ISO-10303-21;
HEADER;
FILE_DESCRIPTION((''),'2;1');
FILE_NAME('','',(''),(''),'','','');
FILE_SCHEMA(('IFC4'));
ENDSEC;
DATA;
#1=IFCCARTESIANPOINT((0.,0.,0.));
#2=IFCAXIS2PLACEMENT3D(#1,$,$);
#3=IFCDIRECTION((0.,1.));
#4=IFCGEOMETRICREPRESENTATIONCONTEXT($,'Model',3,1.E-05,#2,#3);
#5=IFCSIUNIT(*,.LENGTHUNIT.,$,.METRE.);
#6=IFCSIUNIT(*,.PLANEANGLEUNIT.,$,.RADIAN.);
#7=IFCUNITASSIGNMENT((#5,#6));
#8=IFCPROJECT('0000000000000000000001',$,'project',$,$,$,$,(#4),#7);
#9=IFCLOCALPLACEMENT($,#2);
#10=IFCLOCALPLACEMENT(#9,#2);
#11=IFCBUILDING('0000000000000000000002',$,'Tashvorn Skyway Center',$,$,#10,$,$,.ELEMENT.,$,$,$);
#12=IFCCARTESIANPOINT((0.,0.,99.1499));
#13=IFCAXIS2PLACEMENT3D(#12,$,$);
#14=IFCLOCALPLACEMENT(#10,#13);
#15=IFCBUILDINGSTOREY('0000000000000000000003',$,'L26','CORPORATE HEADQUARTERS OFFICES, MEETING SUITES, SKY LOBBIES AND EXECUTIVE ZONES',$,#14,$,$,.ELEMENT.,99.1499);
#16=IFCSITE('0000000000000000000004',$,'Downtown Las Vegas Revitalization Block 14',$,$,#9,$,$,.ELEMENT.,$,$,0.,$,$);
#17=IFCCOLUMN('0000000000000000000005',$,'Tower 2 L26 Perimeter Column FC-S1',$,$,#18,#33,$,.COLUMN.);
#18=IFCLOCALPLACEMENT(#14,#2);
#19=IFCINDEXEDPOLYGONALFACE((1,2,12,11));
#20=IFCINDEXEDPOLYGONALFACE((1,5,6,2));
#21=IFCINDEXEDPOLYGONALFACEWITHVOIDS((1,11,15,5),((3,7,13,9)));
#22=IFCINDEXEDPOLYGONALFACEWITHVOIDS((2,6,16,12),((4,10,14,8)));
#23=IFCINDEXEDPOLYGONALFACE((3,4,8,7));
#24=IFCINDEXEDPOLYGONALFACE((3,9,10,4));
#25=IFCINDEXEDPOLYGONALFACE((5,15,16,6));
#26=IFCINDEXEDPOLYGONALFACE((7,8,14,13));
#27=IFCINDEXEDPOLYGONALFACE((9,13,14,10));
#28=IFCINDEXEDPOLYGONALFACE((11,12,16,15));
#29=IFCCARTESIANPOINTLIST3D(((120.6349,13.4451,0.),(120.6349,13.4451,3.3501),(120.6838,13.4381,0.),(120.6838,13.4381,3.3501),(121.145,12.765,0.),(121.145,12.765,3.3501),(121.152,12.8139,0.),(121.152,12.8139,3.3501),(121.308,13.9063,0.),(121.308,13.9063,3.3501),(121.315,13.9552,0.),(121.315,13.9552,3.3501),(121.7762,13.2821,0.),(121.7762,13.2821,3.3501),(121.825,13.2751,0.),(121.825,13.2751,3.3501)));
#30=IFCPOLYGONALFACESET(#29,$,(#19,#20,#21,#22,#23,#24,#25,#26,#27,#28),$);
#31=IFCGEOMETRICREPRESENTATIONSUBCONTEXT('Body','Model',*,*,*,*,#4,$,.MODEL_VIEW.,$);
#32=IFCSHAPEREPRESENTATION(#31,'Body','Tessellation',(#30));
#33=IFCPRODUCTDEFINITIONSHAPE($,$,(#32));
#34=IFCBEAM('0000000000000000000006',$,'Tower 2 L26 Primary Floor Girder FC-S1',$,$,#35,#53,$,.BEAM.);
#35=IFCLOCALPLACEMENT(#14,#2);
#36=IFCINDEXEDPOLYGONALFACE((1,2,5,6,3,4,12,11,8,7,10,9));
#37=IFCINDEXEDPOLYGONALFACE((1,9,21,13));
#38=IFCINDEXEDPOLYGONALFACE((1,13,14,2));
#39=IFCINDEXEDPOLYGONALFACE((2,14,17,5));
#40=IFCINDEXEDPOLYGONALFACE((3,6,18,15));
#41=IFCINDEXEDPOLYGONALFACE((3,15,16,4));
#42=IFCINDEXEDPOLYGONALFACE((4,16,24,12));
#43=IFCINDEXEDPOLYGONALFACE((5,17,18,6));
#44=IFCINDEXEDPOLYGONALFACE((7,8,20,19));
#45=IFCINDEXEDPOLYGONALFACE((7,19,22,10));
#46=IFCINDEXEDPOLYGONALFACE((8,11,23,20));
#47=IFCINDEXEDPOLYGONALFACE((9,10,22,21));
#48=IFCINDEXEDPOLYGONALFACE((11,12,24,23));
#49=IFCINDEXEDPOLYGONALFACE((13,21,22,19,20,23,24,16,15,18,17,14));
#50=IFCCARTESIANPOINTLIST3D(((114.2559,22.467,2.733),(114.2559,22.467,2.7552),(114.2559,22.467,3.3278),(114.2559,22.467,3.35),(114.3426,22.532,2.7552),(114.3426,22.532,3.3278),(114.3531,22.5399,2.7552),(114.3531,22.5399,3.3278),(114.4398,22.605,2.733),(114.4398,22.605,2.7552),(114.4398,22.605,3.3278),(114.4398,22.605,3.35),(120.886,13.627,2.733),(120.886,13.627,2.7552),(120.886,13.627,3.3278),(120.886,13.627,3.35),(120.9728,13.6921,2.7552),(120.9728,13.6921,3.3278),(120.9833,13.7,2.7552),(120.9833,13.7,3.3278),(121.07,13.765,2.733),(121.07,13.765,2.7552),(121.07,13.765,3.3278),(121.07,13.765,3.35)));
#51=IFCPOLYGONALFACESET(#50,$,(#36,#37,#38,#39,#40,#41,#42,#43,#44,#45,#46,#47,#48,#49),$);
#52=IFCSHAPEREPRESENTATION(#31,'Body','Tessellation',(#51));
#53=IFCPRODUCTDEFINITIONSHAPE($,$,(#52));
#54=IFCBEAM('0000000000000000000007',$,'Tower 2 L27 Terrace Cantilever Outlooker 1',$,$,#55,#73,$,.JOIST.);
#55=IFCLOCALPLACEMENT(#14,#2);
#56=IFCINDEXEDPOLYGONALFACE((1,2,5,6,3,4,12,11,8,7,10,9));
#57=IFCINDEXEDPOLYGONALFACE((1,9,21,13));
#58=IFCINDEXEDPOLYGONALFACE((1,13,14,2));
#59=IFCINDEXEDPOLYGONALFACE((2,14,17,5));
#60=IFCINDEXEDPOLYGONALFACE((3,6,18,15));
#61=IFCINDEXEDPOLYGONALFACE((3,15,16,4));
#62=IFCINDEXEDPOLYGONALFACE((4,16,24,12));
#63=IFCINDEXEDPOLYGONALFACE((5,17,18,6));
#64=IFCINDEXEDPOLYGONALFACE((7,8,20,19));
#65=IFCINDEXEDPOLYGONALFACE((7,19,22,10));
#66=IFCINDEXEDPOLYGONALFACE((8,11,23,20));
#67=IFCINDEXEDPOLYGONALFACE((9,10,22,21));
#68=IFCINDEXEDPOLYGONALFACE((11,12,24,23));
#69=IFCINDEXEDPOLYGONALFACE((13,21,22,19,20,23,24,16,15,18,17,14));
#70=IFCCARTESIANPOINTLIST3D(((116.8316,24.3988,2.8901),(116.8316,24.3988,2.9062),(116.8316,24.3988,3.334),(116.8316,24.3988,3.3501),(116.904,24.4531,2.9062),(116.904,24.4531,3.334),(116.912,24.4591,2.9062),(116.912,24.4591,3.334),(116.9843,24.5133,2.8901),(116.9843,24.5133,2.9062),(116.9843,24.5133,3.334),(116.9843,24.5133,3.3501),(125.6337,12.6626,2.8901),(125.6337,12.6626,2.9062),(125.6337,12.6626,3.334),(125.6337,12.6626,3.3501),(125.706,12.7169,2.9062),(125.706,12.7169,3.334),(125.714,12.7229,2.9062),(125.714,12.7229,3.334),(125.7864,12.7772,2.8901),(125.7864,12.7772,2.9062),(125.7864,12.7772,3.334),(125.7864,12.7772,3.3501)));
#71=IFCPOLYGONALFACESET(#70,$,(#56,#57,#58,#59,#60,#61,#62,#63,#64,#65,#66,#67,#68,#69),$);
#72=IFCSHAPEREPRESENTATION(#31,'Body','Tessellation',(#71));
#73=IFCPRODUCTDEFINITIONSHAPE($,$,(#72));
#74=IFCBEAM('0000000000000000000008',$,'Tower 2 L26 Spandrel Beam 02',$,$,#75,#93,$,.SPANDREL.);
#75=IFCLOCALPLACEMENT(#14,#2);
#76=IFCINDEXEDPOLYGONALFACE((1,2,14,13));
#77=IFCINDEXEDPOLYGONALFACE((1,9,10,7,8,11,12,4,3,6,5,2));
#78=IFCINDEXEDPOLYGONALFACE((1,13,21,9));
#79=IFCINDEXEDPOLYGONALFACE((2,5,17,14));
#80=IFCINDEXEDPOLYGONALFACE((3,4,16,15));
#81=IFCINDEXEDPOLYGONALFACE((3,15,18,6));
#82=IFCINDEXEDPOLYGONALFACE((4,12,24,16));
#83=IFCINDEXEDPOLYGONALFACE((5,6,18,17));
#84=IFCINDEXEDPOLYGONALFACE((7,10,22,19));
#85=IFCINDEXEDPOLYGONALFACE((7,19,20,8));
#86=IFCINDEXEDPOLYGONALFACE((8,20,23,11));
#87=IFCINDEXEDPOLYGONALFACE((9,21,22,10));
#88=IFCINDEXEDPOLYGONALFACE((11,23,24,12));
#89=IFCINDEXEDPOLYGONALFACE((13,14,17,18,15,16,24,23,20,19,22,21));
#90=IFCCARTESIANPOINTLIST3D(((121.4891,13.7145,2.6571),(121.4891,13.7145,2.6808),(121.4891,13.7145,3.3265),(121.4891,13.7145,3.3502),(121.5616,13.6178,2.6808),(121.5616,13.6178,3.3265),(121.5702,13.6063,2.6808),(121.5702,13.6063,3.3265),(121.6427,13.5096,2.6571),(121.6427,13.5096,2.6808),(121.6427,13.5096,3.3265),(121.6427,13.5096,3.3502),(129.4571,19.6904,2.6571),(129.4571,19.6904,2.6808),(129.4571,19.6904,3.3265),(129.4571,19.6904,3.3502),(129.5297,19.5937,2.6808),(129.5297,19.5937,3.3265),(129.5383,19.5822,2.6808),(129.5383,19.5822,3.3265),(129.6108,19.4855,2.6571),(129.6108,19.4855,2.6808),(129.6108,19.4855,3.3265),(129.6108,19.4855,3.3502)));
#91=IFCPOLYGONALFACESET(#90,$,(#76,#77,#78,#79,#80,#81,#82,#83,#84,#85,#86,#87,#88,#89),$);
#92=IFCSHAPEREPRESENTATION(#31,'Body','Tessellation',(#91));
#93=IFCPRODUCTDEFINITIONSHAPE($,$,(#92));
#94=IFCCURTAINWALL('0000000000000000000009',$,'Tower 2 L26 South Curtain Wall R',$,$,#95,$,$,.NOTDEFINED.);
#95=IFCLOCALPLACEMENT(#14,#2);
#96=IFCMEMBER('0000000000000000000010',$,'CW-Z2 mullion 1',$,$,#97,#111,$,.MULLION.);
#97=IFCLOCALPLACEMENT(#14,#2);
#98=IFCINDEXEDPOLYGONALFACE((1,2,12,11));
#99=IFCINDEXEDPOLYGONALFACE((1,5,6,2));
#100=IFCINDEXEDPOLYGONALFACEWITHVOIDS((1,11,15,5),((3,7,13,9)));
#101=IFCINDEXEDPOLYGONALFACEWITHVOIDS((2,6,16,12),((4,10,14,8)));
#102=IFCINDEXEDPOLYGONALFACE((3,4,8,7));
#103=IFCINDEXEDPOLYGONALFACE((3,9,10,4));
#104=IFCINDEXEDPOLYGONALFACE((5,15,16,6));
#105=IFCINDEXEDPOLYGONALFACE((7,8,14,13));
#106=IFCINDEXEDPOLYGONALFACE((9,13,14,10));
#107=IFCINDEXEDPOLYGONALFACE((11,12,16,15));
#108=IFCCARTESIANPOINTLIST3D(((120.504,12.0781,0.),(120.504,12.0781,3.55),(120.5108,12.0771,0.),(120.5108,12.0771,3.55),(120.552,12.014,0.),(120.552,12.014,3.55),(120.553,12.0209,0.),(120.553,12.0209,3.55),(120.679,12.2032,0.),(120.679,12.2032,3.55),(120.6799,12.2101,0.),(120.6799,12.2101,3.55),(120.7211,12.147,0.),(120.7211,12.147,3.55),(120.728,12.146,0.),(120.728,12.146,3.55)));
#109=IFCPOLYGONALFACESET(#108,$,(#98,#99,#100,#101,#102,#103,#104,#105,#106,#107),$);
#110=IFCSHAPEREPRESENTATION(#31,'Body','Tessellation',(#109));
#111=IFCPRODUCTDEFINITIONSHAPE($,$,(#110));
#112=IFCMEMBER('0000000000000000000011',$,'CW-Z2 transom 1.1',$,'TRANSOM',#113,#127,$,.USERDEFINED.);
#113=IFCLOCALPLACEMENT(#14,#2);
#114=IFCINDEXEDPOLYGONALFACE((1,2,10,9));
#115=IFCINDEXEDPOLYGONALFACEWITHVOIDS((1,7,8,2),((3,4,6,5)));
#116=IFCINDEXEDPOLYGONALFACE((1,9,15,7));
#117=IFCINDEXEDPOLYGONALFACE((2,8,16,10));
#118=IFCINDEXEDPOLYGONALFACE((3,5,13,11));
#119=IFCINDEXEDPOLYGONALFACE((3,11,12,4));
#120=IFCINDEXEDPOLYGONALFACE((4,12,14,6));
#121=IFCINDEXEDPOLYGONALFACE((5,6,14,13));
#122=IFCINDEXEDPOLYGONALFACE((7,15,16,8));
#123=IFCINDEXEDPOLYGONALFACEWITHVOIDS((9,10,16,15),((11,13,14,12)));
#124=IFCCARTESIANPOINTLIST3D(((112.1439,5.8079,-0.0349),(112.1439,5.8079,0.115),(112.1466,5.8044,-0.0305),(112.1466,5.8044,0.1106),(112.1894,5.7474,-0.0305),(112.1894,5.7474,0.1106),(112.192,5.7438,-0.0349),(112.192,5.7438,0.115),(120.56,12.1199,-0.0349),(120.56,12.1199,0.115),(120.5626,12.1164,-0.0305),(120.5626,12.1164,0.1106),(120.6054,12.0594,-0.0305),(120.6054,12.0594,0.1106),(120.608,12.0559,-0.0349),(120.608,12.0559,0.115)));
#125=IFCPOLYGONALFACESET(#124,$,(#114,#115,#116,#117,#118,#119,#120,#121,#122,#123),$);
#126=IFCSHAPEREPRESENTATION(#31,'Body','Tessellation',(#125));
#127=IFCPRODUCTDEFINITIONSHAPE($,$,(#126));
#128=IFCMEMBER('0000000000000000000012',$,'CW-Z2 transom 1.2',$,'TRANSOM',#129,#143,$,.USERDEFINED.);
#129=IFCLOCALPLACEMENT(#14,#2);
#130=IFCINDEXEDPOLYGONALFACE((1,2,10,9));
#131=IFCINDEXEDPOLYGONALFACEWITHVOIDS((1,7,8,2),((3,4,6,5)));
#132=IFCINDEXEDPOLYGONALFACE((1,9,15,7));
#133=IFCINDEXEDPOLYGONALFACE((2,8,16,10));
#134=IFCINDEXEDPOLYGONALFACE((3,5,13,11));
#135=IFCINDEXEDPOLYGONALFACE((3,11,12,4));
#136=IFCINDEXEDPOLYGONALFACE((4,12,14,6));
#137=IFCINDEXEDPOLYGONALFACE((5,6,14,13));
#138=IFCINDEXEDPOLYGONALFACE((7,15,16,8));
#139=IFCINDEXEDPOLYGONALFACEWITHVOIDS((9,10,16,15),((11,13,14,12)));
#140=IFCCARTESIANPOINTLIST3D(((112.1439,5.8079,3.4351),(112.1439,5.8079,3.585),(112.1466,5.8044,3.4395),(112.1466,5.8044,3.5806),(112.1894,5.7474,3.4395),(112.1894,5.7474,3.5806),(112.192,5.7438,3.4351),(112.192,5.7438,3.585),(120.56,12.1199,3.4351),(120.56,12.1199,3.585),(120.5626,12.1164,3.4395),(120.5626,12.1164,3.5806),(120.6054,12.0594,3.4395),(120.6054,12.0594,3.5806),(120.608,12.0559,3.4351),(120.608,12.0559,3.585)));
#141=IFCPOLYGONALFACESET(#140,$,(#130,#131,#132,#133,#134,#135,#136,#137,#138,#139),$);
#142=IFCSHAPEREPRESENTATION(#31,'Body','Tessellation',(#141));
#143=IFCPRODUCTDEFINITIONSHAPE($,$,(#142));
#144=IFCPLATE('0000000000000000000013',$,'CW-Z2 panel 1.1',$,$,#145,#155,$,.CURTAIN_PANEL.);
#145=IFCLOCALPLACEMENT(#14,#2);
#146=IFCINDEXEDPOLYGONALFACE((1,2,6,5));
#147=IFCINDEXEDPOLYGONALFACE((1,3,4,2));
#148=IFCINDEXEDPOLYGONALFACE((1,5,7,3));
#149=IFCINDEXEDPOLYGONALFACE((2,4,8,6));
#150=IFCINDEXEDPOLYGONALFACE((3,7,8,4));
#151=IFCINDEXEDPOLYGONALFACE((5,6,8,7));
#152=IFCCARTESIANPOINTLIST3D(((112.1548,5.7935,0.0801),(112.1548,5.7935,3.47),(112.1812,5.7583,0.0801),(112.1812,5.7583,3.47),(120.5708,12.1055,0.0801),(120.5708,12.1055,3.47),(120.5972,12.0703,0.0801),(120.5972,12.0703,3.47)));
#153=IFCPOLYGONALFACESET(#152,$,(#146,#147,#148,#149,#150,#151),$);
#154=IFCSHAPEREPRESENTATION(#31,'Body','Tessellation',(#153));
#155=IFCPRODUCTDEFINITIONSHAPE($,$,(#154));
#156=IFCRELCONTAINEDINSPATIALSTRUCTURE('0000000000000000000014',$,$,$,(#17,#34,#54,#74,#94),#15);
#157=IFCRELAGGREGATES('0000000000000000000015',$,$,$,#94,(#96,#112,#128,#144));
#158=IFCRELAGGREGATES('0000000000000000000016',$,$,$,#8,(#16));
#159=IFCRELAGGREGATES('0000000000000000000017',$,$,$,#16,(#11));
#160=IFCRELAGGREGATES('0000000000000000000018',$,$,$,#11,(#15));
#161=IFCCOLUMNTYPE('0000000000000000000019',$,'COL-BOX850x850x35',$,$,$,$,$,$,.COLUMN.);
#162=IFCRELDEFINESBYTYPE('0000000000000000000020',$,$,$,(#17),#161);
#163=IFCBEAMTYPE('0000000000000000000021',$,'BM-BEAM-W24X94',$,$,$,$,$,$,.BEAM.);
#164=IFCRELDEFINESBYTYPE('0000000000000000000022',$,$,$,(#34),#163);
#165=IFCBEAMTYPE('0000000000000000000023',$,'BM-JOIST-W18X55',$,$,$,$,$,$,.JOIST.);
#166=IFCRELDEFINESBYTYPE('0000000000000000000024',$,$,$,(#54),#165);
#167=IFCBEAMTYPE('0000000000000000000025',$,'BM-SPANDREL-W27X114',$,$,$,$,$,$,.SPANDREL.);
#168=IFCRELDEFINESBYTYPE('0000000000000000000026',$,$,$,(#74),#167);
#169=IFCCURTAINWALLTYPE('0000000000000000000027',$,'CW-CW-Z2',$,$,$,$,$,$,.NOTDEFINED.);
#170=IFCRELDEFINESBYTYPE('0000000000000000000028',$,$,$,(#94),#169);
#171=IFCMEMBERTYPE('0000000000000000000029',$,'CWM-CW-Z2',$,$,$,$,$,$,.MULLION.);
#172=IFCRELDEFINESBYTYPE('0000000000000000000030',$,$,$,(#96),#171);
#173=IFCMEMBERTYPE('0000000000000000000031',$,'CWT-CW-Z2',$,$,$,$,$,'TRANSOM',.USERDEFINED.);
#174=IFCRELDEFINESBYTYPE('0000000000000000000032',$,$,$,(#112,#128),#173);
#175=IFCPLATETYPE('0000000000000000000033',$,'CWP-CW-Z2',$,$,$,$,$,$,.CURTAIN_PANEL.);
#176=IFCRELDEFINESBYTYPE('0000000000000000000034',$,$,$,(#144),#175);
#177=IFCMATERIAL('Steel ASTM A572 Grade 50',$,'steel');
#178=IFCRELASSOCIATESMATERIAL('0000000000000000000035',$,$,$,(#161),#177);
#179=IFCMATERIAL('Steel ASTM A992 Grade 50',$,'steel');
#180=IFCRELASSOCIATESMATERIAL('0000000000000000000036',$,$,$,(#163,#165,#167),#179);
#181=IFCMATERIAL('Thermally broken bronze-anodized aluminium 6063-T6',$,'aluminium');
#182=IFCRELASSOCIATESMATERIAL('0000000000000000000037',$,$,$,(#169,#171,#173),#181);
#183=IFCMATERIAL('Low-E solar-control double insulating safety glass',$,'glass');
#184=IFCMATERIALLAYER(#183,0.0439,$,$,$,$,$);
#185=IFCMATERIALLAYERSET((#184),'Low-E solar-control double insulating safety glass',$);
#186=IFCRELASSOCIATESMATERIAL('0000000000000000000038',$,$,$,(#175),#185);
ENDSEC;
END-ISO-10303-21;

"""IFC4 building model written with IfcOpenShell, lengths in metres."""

from ifc_helpers import new_model, si_unit, direction, frame, origin, origin_2d, place, context, subcontext, project, spatial, rectangle, hollow_rectangle, i_section, extrude, material, layer, layer_set, material_profile, profile_set, type_object, element, aggregate, save


model = new_model("IFC4")

# Units and contexts
model_context = context("Model", 3, precision=1e-05, world=origin(), true_north=direction((0.0, 1.0)))
body_context = subcontext(model_context, "Body", "Model", "MODEL_VIEW")
ifc_project = project(units=[si_unit("LENGTHUNIT", "METRE"), si_unit("PLANEANGLEUNIT", "RADIAN")], contexts=[model_context])

# Site, building, storey
site_placement = place(None, origin())
site = spatial("IfcSite", under=ifc_project, at=site_placement, Name="Downtown Las Vegas Revitalization Block 14", CompositionType="ELEMENT", RefElevation=0.0)
building_placement = place(site_placement, origin())
building = spatial("IfcBuilding", under=site, at=building_placement, Name="Tashvorn Skyway Center", CompositionType="ELEMENT")
storey_placement = place(building_placement, frame((0.0, 0.0, 99.1499)))
storey = spatial("IfcBuildingStorey", under=building, at=storey_placement, Name="L26", Description="CORPORATE HEADQUARTERS OFFICES, MEETING SUITES, SKY LOBBIES AND EXECUTIVE ZONES", CompositionType="ELEMENT", Elevation=99.1499)

# Column
ifc_material_1 = material(Name="Steel ASTM A572 Grade 50", Category="steel")
ifc_material_profile_1 = material_profile(ifc_material_1, hollow_rectangle(XDim=0.8501, YDim=0.8501, WallThickness=0.0349, at=origin_2d()), Name="BOX850x850x35")
ifc_profile_set_1 = profile_set([ifc_material_profile_1], Name="Steel ASTM A572 Grade 50")
column_type = type_object("IfcColumnType", Name="COL-BOX850x850x35", PredefinedType="COLUMN", material=ifc_profile_set_1)
column_placement = place(storey_placement, frame((121.23, 13.3601, 0.0), z_axis=(0.0, 0.0, 1.0), x_axis=(0.8, 0.6, 0.0)))
element("IfcColumn", 1, at=column_placement, inside=storey, type_object=column_type, Name="Tower 2 L26 Perimeter Column FC-S1", PredefinedType="COLUMN", context=body_context, shape_type="SweptSolid", body=[
    extrude(hollow_rectangle(XDim=0.8501, YDim=0.8501, WallThickness=0.0349, at=origin_2d()), origin(), (0.0, 0.0, 1.0), 3.3501),
])

# Beams
ifc_material_2 = material(Name="Steel ASTM A992 Grade 50", Category="steel")
ifc_material_profile_2 = material_profile(ifc_material_2, i_section(OverallWidth=0.23, OverallDepth=0.6169, WebThickness=0.0132, FlangeThickness=0.0222, at=origin_2d()), Name="W24X94")
ifc_profile_set_2 = profile_set([ifc_material_profile_2], Name="Steel ASTM A992 Grade 50")
beam_type_1 = type_object("IfcBeamType", Name="BM-BEAM-W24X94", PredefinedType="BEAM", material=ifc_profile_set_2)
beam_1_placement = place(storey_placement, frame((120.978, 13.696, 3.0415), z_axis=(-0.600014, 0.799989, 0.0), x_axis=(-0.799989, -0.600014, 0.0)))
element("IfcBeam", 2, at=beam_1_placement, inside=storey, type_object=beam_type_1, Name="Tower 2 L26 Primary Floor Girder FC-S1", PredefinedType="BEAM", context=body_context, shape_type="SweptSolid", body=[
    extrude(i_section(OverallWidth=0.23, OverallDepth=0.6169, WebThickness=0.0132, FlangeThickness=0.0222, at=origin_2d()), origin(), (0.0, 0.0, 1.0), 11.05),
])
ifc_material_profile_3 = material_profile(ifc_material_2, i_section(OverallWidth=0.1909, OverallDepth=0.46, WebThickness=0.01, FlangeThickness=0.0161, at=origin_2d()), Name="W18X55")
ifc_profile_set_3 = profile_set([ifc_material_profile_3], Name="Steel ASTM A992 Grade 50")
beam_type_2 = type_object("IfcBeamType", Name="BM-JOIST-W18X55", PredefinedType="JOIST", material=ifc_profile_set_3)
beam_2_placement = place(storey_placement, frame((116.908, 24.4561, 3.1201), z_axis=(0.599997, -0.800002, 0.0), x_axis=(0.800002, 0.599997, 0.0)))
element("IfcBeam", 3, at=beam_2_placement, inside=storey, type_object=beam_type_2, Name="Tower 2 L27 Terrace Cantilever Outlooker 1", PredefinedType="JOIST", context=body_context, shape_type="SweptSolid", body=[
    extrude(i_section(OverallWidth=0.1909, OverallDepth=0.46, WebThickness=0.01, FlangeThickness=0.0161, at=origin_2d()), origin(), (0.0, 0.0, 1.0), 14.6702),
])
ifc_material_profile_4 = material_profile(ifc_material_2, i_section(OverallWidth=0.2561, OverallDepth=0.6931, WebThickness=0.0144, FlangeThickness=0.0237, at=origin_2d()), Name="W27X114")
ifc_profile_set_4 = profile_set([ifc_material_profile_4], Name="Steel ASTM A992 Grade 50")
beam_type_3 = type_object("IfcBeamType", Name="BM-SPANDREL-W27X114", PredefinedType="SPANDREL", material=ifc_profile_set_4)
beam_3_placement = place(storey_placement, frame((121.5659, 13.6121, 3.0037), z_axis=(0.800009, 0.599988, 0.0), x_axis=(-0.599988, 0.800009, 0.0)))
element("IfcBeam", 4, at=beam_3_placement, inside=storey, type_object=beam_type_3, Name="Tower 2 L26 Spandrel Beam 02", PredefinedType="SPANDREL", context=body_context, shape_type="SweptSolid", body=[
    extrude(i_section(OverallWidth=0.2561, OverallDepth=0.6931, WebThickness=0.0144, FlangeThickness=0.0237, at=origin_2d()), origin(), (0.0, 0.0, 1.0), 9.96),
])

# Curtain wall, members, plate
ifc_material_3 = material(Name="Thermally broken bronze-anodized aluminium 6063-T6", Category="aluminium")
curtain_wall_type = type_object("IfcCurtainWallType", Name="CW-CW-Z2", PredefinedType="NOTDEFINED", material=ifc_material_3)
curtain_wall_placement = place(storey_placement, origin())
curtain_wall = element("IfcCurtainWall", 5, at=curtain_wall_placement, inside=storey, type_object=curtain_wall_type, Name="Tower 2 L26 South Curtain Wall R", PredefinedType="NOTDEFINED")
ifc_material_profile_5 = material_profile(ifc_material_3, hollow_rectangle(XDim=0.0801, YDim=0.22, WallThickness=0.0049, at=origin_2d()), Name="ALU-MULL-80x220")
ifc_profile_set_5 = profile_set([ifc_material_profile_5], Name="Thermally broken bronze-anodized aluminium 6063-T6")
member_type_1 = type_object("IfcMemberType", Name="CWM-CW-Z2", PredefinedType="MULLION", material=ifc_profile_set_5)
member_1_placement = place(storey_placement, frame((120.616, 12.1121, 0.0), z_axis=(0.0, 0.0, 1.0), x_axis=(0.6, -0.8, 0.0)))
member_1 = element("IfcMember", 6, at=member_1_placement, type_object=member_type_1, Name="CW-Z2 mullion 1", PredefinedType="MULLION", context=body_context, shape_type="SweptSolid", body=[
    extrude(hollow_rectangle(XDim=0.0801, YDim=0.22, WallThickness=0.0049, at=origin_2d()), origin(), (0.0, 0.0, 1.0), 3.55),
])
ifc_material_profile_6 = material_profile(ifc_material_3, hollow_rectangle(XDim=0.0801, YDim=0.1499, WallThickness=0.0044, at=origin_2d()), Name="ALU-TRAN-80x150")
ifc_profile_set_6 = profile_set([ifc_material_profile_6], Name="Thermally broken bronze-anodized aluminium 6063-T6")
member_type_2 = type_object("IfcMemberType", Name="CWT-CW-Z2", ElementType="TRANSOM", PredefinedType="USERDEFINED", material=ifc_profile_set_6)
member_2_placement = place(storey_placement, frame((120.584, 12.0879, 0.04), z_axis=(-0.8, -0.6, 0.0), x_axis=(0.6, -0.8, 0.0)))
member_2 = element("IfcMember", 7, at=member_2_placement, type_object=member_type_2, Name="CW-Z2 transom 1.1", ObjectType="TRANSOM", PredefinedType="USERDEFINED", context=body_context, shape_type="SweptSolid", body=[
    extrude(hollow_rectangle(XDim=0.0801, YDim=0.1499, WallThickness=0.0044, at=origin_2d()), origin(), (0.0, 0.0, 1.0), 10.52),
])
member_3_placement = place(storey_placement, frame((120.584, 12.0879, 3.51), z_axis=(-0.8, -0.6, 0.0), x_axis=(0.6, -0.8, 0.0)))
member_3 = element("IfcMember", 8, at=member_3_placement, type_object=member_type_2, Name="CW-Z2 transom 1.2", ObjectType="TRANSOM", PredefinedType="USERDEFINED", context=body_context, shape_type="SweptSolid", body=[
    extrude(hollow_rectangle(XDim=0.0801, YDim=0.1499, WallThickness=0.0044, at=origin_2d()), origin(), (0.0, 0.0, 1.0), 10.52),
])
ifc_material_4 = material(Name="Low-E solar-control double insulating safety glass", Category="glass")
ifc_layer_1 = layer(ifc_material_4, 0.0439)
ifc_layer_set_1 = layer_set([ifc_layer_1], Name="Low-E solar-control double insulating safety glass")
plate_type = type_object("IfcPlateType", Name="CWP-CW-Z2", PredefinedType="CURTAIN_PANEL", material=ifc_layer_set_1)
plate_placement = place(storey_placement, frame((116.376, 8.9319, 0.0801), z_axis=(0.0, 0.0, 1.0), x_axis=(-0.8, -0.6, 0.0)))
plate = element("IfcPlate", 9, at=plate_placement, type_object=plate_type, Name="CW-Z2 panel 1.1", PredefinedType="CURTAIN_PANEL", context=body_context, shape_type="SweptSolid", body=[
    extrude(rectangle(XDim=10.52, YDim=0.0439, at=origin_2d()), origin(), (0.0, 0.0, 1.0), 3.3899),
])
aggregate(curtain_wall, [member_1, member_2, member_3, plate])

save(model, "model.ifc")
